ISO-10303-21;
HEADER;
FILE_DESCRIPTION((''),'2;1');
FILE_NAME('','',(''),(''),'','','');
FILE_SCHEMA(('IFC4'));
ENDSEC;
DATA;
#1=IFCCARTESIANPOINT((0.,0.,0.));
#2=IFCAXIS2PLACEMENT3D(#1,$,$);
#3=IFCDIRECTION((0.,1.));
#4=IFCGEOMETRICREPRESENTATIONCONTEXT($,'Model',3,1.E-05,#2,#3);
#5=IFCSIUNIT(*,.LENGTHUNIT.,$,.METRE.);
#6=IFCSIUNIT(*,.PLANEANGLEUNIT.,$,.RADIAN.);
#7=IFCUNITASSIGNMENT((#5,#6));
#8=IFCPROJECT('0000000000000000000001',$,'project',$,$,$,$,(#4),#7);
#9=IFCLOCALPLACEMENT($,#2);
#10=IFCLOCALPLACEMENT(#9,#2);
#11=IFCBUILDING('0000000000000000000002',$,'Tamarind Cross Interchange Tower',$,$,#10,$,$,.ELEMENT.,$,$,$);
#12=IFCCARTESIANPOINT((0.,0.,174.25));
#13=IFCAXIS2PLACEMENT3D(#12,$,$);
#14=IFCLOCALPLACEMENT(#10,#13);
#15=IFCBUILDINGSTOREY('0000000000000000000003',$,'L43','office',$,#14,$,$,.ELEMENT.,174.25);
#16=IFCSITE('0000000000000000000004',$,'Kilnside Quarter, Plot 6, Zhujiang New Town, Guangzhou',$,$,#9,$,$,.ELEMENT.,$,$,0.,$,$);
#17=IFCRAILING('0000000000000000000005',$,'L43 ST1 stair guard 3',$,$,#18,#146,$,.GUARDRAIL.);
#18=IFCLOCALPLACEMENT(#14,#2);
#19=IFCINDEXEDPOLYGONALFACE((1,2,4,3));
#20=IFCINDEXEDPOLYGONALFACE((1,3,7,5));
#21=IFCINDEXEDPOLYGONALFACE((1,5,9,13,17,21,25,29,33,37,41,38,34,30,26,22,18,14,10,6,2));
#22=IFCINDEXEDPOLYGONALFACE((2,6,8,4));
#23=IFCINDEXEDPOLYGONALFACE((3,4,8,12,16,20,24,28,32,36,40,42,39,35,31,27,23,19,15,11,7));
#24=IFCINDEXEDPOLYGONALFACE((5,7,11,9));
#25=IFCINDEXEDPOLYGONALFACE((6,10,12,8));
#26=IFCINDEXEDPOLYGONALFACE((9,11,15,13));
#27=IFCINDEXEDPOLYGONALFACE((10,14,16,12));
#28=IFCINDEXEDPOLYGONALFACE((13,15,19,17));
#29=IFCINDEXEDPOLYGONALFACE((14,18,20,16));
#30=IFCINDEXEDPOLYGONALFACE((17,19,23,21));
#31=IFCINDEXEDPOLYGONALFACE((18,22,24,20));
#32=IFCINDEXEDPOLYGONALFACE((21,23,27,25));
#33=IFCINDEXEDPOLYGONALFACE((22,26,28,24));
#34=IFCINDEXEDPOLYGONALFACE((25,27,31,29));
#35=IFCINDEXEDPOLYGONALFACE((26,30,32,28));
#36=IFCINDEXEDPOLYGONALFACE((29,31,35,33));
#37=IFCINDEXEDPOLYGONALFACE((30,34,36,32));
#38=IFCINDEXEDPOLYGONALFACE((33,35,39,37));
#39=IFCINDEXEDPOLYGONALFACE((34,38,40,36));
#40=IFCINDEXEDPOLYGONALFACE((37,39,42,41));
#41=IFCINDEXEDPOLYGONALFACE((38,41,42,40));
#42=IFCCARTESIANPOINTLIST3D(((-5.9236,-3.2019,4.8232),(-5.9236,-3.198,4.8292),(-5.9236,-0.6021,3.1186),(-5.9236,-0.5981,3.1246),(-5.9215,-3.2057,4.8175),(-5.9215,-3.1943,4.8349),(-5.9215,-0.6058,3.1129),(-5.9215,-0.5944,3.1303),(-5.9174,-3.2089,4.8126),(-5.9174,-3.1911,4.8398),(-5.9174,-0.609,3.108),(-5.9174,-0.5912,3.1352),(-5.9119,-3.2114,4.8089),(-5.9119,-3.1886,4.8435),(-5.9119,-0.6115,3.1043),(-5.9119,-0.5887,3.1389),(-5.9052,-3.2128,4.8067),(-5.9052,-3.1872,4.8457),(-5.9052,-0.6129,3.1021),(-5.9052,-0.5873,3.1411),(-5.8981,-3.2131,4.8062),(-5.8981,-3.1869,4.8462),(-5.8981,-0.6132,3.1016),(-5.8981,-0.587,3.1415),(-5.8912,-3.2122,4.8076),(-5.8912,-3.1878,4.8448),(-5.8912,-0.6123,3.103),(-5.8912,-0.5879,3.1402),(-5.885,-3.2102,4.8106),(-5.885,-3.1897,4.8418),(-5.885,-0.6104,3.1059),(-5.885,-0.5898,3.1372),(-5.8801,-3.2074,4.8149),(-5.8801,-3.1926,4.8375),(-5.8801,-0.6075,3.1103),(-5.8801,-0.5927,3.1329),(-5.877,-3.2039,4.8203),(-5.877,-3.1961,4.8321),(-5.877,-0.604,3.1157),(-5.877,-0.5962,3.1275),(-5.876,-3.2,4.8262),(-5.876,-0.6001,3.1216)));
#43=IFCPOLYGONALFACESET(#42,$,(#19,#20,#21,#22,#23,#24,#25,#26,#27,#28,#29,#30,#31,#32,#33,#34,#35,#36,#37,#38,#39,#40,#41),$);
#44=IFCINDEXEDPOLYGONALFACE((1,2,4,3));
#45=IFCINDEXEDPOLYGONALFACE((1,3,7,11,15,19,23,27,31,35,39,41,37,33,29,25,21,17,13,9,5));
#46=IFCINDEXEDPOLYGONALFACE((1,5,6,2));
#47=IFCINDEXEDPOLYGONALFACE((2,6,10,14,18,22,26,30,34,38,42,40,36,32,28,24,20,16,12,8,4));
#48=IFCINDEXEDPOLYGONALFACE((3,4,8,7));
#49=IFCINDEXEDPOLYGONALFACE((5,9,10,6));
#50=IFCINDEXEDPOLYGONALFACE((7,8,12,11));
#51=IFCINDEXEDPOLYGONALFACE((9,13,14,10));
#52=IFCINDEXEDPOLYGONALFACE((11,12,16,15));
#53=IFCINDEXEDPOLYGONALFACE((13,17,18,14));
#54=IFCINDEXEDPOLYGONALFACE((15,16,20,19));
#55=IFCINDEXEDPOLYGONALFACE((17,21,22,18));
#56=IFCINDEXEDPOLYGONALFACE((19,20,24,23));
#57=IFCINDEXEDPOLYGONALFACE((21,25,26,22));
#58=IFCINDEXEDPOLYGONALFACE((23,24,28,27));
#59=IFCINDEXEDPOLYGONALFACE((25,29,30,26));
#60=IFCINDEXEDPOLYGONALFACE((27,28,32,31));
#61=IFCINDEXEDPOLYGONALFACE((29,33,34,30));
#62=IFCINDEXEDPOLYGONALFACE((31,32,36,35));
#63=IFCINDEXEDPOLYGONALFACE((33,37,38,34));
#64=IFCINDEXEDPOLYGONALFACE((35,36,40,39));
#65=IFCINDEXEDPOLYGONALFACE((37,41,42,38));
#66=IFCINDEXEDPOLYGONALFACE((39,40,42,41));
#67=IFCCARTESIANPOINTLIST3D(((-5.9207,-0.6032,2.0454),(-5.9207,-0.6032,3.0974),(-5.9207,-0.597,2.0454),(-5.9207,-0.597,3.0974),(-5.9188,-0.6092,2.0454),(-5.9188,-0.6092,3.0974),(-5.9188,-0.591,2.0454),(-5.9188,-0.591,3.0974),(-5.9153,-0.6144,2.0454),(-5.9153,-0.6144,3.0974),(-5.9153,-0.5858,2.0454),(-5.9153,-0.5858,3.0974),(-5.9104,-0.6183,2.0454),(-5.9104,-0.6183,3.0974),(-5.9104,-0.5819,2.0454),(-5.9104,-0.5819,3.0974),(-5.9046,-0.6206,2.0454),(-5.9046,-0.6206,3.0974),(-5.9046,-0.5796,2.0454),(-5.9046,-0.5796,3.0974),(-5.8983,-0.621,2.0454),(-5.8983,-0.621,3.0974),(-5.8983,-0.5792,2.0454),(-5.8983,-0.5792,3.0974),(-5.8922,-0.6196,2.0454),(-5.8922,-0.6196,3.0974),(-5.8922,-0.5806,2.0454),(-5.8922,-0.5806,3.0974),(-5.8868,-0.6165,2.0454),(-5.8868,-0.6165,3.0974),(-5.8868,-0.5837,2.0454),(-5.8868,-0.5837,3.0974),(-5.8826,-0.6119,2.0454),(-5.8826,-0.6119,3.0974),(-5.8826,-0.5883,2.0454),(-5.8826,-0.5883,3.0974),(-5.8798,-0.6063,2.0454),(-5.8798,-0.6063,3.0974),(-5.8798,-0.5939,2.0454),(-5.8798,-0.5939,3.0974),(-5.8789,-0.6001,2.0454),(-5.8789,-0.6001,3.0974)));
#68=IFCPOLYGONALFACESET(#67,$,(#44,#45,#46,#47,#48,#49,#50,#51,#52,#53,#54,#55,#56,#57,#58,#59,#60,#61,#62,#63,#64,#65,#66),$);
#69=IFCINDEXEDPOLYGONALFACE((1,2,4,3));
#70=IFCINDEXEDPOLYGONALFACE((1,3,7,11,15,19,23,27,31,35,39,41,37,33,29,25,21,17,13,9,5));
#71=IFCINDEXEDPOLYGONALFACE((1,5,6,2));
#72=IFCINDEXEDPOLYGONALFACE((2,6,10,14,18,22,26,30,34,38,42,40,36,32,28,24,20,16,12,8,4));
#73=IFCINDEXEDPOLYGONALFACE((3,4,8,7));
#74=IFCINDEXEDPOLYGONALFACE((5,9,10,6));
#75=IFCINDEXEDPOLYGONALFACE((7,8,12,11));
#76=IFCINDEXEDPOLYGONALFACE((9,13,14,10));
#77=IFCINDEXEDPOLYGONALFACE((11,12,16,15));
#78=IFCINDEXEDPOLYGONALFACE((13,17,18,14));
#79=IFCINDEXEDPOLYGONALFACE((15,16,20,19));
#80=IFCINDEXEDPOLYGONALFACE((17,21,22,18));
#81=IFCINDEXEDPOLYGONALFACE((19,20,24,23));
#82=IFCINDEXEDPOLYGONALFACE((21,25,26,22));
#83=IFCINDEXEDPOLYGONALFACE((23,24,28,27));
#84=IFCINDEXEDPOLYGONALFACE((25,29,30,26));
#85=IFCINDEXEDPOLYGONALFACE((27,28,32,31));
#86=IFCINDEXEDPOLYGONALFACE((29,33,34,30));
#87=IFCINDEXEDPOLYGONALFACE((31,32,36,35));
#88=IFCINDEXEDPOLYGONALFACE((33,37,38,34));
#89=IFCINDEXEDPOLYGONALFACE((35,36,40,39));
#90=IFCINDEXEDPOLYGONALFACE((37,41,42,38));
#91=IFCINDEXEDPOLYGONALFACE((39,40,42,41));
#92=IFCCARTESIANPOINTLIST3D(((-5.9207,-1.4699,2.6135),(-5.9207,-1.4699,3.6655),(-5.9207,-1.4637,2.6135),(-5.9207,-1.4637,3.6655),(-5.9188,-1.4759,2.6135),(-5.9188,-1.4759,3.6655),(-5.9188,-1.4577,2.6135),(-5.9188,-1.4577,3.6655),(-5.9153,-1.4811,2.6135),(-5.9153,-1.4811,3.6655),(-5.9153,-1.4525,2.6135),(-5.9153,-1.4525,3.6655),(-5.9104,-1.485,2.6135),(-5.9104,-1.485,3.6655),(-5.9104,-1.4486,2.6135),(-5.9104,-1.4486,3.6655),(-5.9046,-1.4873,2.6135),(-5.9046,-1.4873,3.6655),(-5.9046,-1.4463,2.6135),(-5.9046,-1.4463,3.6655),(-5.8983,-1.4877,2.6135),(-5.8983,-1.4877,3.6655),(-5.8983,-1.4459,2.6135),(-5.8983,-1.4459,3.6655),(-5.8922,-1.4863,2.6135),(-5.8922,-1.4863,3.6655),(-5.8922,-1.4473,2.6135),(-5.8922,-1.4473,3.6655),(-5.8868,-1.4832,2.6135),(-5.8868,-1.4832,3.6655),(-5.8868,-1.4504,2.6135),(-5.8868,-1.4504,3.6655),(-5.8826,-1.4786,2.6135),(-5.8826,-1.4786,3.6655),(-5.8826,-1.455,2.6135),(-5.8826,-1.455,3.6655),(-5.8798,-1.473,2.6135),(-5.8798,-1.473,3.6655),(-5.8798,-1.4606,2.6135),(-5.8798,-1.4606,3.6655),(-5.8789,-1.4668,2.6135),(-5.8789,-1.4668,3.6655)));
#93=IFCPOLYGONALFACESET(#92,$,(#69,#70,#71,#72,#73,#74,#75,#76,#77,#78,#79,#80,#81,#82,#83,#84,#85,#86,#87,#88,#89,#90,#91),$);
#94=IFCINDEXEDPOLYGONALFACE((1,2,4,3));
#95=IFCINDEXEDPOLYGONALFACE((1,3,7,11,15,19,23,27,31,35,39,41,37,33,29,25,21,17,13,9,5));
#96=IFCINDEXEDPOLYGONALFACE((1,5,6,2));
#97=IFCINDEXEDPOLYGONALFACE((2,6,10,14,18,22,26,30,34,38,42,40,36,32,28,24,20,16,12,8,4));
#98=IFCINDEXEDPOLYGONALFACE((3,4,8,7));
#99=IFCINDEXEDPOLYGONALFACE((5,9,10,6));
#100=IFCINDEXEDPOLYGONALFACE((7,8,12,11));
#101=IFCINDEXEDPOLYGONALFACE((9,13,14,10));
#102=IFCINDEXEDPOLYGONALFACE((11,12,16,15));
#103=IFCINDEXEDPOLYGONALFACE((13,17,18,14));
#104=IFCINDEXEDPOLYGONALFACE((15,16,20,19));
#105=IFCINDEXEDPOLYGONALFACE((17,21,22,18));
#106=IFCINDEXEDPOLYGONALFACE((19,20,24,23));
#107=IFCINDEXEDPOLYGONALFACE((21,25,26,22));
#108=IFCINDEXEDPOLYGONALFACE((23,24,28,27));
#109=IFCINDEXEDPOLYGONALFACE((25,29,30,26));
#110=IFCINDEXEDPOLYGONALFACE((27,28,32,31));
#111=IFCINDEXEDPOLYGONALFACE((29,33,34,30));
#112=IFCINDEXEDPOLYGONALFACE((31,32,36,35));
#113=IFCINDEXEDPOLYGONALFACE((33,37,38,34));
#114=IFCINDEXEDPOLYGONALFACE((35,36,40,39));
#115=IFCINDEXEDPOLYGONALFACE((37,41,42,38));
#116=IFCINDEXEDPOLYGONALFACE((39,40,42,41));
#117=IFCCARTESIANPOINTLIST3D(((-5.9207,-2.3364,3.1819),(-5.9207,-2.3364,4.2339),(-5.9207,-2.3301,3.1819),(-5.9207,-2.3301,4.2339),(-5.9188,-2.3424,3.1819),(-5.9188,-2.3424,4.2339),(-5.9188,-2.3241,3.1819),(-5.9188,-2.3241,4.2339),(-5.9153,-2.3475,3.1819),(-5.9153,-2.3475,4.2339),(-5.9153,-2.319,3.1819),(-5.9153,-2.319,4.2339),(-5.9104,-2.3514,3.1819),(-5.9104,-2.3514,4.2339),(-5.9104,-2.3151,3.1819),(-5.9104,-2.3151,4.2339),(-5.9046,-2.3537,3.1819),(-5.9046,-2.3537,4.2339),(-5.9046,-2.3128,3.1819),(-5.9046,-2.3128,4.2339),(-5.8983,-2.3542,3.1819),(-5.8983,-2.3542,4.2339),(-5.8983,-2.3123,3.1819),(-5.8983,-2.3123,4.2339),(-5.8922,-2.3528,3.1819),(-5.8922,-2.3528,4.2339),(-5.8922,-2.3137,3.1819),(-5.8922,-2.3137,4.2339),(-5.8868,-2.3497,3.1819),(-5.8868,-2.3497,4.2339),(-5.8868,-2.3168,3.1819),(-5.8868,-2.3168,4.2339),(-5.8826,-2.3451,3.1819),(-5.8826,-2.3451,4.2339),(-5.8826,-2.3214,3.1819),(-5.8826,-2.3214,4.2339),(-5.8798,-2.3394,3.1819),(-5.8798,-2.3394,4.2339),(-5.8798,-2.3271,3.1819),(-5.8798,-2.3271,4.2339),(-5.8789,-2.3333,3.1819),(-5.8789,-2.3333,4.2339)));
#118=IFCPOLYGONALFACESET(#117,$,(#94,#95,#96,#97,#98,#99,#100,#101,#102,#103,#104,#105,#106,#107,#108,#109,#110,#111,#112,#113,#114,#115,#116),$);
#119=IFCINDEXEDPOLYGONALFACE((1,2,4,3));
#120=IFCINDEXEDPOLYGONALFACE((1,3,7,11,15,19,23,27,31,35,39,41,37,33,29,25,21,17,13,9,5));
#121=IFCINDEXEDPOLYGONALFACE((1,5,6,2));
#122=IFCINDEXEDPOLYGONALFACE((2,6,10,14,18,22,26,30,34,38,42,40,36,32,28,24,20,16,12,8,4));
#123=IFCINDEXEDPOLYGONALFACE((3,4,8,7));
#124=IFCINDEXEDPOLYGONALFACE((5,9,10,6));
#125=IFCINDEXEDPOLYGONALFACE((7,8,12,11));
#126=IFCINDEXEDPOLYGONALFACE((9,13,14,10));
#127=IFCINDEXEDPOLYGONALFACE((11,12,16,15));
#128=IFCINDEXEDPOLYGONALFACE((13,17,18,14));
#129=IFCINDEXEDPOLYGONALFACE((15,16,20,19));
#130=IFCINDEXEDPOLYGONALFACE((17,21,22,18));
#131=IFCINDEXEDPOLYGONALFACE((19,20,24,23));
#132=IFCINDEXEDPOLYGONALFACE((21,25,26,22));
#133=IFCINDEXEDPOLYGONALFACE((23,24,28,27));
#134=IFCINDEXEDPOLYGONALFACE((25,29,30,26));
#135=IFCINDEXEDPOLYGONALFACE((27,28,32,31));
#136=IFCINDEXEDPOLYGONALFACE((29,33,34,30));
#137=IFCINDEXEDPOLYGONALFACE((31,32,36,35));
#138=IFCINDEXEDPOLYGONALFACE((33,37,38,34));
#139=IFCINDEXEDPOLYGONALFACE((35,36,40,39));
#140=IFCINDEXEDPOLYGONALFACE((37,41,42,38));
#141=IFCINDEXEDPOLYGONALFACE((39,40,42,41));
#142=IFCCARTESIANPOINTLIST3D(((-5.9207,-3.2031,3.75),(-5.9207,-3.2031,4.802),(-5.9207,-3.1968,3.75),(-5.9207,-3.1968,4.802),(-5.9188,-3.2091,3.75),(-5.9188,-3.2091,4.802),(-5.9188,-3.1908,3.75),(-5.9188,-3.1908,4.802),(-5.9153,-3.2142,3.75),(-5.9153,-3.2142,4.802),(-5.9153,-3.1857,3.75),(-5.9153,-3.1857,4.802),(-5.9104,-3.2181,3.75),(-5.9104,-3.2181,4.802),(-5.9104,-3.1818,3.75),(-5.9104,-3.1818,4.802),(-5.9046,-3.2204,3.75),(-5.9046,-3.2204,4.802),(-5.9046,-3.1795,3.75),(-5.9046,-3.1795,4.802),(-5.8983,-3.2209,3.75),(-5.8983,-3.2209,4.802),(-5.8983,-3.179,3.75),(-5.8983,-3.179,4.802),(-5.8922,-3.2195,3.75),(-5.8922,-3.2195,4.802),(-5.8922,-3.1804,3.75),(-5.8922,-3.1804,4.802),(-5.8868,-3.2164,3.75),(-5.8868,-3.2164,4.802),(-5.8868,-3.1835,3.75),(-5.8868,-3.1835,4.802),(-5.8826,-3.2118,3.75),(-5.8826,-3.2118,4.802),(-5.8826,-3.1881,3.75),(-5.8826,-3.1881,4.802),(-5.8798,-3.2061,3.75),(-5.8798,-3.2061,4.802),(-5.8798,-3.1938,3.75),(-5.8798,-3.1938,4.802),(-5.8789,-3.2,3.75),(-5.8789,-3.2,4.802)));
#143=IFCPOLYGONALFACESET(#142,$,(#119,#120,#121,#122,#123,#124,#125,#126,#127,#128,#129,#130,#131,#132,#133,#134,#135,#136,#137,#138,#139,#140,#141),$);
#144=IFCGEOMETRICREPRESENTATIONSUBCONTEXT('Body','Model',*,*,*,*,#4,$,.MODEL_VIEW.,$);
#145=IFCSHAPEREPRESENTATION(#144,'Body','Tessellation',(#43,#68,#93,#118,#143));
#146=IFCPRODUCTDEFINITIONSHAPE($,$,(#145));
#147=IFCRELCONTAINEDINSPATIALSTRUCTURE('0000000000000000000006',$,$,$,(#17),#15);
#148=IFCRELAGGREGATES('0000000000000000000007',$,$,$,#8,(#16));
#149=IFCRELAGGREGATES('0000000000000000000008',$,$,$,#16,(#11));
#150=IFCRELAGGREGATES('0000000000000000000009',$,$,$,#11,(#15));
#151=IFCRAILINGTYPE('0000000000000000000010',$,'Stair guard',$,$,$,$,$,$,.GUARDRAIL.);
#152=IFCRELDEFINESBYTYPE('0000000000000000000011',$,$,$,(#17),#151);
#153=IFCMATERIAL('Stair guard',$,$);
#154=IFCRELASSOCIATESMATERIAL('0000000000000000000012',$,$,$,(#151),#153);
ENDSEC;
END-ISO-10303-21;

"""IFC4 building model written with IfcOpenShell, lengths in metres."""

from ifc_helpers import new_model, si_unit, direction, frame, origin, origin_2d, place, context, subcontext, project, spatial, circle, extrude, material, type_object, element, save


model = new_model("IFC4")

# Units and contexts
model_context = context("Model", 3, precision=1e-05, world=origin(), true_north=direction((0.0, 1.0)))
body_context = subcontext(model_context, "Body", "Model", "MODEL_VIEW")
ifc_project = project(units=[si_unit("LENGTHUNIT", "METRE"), si_unit("PLANEANGLEUNIT", "RADIAN")], contexts=[model_context])

# Site, building, storey
site_placement = place(None, origin())
site = spatial("IfcSite", under=ifc_project, at=site_placement, Name="Kilnside Quarter, Plot 6, Zhujiang New Town, Guangzhou", CompositionType="ELEMENT", RefElevation=0.0)
building_placement = place(site_placement, origin())
building = spatial("IfcBuilding", under=site, at=building_placement, Name="Tamarind Cross Interchange Tower", CompositionType="ELEMENT")
storey_placement = place(building_placement, frame((0.0, 0.0, 174.25)))
storey = spatial("IfcBuildingStorey", under=building, at=storey_placement, Name="L43", Description="office", CompositionType="ELEMENT", Elevation=174.25)

# Railing
ifc_material_1 = material(Name="Stair guard")
railing_type_1 = type_object("IfcRailingType", Name="Stair guard", PredefinedType="GUARDRAIL", material=ifc_material_1)
railing_1_placement = place(storey_placement, frame((-5.8999, -0.6001, 2.0454)))
element("IfcRailing", 1, at=railing_1_placement, inside=storey, type_object=railing_type_1, Name="L43 ST1 stair guard 3", PredefinedType="GUARDRAIL", context=body_context, shape_type="SweptSolid", body=[
    extrude(circle(Radius=0.0239, at=origin_2d()), frame((0.0, 0.0, 1.0762), z_axis=(0.0, -0.836279, 0.548305), x_axis=(1.0, 0.0, 0.0)), (0.0, 0.0, 1.0), 3.1089),
    extrude(circle(Radius=0.021, at=origin_2d()), origin(), (0.0, 0.0, 1.0), 1.052),
    extrude(circle(Radius=0.021, at=origin_2d()), frame((0.0, -0.8667, 0.5681)), (0.0, 0.0, 1.0), 1.052),
    extrude(circle(Radius=0.021, at=origin_2d()), frame((0.0, -1.7332, 1.1365)), (0.0, 0.0, 1.0), 1.052),
    extrude(circle(Radius=0.021, at=origin_2d()), frame((0.0, -2.5999, 1.7046)), (0.0, 0.0, 1.0), 1.052),
])

save(model, "model.ifc")
